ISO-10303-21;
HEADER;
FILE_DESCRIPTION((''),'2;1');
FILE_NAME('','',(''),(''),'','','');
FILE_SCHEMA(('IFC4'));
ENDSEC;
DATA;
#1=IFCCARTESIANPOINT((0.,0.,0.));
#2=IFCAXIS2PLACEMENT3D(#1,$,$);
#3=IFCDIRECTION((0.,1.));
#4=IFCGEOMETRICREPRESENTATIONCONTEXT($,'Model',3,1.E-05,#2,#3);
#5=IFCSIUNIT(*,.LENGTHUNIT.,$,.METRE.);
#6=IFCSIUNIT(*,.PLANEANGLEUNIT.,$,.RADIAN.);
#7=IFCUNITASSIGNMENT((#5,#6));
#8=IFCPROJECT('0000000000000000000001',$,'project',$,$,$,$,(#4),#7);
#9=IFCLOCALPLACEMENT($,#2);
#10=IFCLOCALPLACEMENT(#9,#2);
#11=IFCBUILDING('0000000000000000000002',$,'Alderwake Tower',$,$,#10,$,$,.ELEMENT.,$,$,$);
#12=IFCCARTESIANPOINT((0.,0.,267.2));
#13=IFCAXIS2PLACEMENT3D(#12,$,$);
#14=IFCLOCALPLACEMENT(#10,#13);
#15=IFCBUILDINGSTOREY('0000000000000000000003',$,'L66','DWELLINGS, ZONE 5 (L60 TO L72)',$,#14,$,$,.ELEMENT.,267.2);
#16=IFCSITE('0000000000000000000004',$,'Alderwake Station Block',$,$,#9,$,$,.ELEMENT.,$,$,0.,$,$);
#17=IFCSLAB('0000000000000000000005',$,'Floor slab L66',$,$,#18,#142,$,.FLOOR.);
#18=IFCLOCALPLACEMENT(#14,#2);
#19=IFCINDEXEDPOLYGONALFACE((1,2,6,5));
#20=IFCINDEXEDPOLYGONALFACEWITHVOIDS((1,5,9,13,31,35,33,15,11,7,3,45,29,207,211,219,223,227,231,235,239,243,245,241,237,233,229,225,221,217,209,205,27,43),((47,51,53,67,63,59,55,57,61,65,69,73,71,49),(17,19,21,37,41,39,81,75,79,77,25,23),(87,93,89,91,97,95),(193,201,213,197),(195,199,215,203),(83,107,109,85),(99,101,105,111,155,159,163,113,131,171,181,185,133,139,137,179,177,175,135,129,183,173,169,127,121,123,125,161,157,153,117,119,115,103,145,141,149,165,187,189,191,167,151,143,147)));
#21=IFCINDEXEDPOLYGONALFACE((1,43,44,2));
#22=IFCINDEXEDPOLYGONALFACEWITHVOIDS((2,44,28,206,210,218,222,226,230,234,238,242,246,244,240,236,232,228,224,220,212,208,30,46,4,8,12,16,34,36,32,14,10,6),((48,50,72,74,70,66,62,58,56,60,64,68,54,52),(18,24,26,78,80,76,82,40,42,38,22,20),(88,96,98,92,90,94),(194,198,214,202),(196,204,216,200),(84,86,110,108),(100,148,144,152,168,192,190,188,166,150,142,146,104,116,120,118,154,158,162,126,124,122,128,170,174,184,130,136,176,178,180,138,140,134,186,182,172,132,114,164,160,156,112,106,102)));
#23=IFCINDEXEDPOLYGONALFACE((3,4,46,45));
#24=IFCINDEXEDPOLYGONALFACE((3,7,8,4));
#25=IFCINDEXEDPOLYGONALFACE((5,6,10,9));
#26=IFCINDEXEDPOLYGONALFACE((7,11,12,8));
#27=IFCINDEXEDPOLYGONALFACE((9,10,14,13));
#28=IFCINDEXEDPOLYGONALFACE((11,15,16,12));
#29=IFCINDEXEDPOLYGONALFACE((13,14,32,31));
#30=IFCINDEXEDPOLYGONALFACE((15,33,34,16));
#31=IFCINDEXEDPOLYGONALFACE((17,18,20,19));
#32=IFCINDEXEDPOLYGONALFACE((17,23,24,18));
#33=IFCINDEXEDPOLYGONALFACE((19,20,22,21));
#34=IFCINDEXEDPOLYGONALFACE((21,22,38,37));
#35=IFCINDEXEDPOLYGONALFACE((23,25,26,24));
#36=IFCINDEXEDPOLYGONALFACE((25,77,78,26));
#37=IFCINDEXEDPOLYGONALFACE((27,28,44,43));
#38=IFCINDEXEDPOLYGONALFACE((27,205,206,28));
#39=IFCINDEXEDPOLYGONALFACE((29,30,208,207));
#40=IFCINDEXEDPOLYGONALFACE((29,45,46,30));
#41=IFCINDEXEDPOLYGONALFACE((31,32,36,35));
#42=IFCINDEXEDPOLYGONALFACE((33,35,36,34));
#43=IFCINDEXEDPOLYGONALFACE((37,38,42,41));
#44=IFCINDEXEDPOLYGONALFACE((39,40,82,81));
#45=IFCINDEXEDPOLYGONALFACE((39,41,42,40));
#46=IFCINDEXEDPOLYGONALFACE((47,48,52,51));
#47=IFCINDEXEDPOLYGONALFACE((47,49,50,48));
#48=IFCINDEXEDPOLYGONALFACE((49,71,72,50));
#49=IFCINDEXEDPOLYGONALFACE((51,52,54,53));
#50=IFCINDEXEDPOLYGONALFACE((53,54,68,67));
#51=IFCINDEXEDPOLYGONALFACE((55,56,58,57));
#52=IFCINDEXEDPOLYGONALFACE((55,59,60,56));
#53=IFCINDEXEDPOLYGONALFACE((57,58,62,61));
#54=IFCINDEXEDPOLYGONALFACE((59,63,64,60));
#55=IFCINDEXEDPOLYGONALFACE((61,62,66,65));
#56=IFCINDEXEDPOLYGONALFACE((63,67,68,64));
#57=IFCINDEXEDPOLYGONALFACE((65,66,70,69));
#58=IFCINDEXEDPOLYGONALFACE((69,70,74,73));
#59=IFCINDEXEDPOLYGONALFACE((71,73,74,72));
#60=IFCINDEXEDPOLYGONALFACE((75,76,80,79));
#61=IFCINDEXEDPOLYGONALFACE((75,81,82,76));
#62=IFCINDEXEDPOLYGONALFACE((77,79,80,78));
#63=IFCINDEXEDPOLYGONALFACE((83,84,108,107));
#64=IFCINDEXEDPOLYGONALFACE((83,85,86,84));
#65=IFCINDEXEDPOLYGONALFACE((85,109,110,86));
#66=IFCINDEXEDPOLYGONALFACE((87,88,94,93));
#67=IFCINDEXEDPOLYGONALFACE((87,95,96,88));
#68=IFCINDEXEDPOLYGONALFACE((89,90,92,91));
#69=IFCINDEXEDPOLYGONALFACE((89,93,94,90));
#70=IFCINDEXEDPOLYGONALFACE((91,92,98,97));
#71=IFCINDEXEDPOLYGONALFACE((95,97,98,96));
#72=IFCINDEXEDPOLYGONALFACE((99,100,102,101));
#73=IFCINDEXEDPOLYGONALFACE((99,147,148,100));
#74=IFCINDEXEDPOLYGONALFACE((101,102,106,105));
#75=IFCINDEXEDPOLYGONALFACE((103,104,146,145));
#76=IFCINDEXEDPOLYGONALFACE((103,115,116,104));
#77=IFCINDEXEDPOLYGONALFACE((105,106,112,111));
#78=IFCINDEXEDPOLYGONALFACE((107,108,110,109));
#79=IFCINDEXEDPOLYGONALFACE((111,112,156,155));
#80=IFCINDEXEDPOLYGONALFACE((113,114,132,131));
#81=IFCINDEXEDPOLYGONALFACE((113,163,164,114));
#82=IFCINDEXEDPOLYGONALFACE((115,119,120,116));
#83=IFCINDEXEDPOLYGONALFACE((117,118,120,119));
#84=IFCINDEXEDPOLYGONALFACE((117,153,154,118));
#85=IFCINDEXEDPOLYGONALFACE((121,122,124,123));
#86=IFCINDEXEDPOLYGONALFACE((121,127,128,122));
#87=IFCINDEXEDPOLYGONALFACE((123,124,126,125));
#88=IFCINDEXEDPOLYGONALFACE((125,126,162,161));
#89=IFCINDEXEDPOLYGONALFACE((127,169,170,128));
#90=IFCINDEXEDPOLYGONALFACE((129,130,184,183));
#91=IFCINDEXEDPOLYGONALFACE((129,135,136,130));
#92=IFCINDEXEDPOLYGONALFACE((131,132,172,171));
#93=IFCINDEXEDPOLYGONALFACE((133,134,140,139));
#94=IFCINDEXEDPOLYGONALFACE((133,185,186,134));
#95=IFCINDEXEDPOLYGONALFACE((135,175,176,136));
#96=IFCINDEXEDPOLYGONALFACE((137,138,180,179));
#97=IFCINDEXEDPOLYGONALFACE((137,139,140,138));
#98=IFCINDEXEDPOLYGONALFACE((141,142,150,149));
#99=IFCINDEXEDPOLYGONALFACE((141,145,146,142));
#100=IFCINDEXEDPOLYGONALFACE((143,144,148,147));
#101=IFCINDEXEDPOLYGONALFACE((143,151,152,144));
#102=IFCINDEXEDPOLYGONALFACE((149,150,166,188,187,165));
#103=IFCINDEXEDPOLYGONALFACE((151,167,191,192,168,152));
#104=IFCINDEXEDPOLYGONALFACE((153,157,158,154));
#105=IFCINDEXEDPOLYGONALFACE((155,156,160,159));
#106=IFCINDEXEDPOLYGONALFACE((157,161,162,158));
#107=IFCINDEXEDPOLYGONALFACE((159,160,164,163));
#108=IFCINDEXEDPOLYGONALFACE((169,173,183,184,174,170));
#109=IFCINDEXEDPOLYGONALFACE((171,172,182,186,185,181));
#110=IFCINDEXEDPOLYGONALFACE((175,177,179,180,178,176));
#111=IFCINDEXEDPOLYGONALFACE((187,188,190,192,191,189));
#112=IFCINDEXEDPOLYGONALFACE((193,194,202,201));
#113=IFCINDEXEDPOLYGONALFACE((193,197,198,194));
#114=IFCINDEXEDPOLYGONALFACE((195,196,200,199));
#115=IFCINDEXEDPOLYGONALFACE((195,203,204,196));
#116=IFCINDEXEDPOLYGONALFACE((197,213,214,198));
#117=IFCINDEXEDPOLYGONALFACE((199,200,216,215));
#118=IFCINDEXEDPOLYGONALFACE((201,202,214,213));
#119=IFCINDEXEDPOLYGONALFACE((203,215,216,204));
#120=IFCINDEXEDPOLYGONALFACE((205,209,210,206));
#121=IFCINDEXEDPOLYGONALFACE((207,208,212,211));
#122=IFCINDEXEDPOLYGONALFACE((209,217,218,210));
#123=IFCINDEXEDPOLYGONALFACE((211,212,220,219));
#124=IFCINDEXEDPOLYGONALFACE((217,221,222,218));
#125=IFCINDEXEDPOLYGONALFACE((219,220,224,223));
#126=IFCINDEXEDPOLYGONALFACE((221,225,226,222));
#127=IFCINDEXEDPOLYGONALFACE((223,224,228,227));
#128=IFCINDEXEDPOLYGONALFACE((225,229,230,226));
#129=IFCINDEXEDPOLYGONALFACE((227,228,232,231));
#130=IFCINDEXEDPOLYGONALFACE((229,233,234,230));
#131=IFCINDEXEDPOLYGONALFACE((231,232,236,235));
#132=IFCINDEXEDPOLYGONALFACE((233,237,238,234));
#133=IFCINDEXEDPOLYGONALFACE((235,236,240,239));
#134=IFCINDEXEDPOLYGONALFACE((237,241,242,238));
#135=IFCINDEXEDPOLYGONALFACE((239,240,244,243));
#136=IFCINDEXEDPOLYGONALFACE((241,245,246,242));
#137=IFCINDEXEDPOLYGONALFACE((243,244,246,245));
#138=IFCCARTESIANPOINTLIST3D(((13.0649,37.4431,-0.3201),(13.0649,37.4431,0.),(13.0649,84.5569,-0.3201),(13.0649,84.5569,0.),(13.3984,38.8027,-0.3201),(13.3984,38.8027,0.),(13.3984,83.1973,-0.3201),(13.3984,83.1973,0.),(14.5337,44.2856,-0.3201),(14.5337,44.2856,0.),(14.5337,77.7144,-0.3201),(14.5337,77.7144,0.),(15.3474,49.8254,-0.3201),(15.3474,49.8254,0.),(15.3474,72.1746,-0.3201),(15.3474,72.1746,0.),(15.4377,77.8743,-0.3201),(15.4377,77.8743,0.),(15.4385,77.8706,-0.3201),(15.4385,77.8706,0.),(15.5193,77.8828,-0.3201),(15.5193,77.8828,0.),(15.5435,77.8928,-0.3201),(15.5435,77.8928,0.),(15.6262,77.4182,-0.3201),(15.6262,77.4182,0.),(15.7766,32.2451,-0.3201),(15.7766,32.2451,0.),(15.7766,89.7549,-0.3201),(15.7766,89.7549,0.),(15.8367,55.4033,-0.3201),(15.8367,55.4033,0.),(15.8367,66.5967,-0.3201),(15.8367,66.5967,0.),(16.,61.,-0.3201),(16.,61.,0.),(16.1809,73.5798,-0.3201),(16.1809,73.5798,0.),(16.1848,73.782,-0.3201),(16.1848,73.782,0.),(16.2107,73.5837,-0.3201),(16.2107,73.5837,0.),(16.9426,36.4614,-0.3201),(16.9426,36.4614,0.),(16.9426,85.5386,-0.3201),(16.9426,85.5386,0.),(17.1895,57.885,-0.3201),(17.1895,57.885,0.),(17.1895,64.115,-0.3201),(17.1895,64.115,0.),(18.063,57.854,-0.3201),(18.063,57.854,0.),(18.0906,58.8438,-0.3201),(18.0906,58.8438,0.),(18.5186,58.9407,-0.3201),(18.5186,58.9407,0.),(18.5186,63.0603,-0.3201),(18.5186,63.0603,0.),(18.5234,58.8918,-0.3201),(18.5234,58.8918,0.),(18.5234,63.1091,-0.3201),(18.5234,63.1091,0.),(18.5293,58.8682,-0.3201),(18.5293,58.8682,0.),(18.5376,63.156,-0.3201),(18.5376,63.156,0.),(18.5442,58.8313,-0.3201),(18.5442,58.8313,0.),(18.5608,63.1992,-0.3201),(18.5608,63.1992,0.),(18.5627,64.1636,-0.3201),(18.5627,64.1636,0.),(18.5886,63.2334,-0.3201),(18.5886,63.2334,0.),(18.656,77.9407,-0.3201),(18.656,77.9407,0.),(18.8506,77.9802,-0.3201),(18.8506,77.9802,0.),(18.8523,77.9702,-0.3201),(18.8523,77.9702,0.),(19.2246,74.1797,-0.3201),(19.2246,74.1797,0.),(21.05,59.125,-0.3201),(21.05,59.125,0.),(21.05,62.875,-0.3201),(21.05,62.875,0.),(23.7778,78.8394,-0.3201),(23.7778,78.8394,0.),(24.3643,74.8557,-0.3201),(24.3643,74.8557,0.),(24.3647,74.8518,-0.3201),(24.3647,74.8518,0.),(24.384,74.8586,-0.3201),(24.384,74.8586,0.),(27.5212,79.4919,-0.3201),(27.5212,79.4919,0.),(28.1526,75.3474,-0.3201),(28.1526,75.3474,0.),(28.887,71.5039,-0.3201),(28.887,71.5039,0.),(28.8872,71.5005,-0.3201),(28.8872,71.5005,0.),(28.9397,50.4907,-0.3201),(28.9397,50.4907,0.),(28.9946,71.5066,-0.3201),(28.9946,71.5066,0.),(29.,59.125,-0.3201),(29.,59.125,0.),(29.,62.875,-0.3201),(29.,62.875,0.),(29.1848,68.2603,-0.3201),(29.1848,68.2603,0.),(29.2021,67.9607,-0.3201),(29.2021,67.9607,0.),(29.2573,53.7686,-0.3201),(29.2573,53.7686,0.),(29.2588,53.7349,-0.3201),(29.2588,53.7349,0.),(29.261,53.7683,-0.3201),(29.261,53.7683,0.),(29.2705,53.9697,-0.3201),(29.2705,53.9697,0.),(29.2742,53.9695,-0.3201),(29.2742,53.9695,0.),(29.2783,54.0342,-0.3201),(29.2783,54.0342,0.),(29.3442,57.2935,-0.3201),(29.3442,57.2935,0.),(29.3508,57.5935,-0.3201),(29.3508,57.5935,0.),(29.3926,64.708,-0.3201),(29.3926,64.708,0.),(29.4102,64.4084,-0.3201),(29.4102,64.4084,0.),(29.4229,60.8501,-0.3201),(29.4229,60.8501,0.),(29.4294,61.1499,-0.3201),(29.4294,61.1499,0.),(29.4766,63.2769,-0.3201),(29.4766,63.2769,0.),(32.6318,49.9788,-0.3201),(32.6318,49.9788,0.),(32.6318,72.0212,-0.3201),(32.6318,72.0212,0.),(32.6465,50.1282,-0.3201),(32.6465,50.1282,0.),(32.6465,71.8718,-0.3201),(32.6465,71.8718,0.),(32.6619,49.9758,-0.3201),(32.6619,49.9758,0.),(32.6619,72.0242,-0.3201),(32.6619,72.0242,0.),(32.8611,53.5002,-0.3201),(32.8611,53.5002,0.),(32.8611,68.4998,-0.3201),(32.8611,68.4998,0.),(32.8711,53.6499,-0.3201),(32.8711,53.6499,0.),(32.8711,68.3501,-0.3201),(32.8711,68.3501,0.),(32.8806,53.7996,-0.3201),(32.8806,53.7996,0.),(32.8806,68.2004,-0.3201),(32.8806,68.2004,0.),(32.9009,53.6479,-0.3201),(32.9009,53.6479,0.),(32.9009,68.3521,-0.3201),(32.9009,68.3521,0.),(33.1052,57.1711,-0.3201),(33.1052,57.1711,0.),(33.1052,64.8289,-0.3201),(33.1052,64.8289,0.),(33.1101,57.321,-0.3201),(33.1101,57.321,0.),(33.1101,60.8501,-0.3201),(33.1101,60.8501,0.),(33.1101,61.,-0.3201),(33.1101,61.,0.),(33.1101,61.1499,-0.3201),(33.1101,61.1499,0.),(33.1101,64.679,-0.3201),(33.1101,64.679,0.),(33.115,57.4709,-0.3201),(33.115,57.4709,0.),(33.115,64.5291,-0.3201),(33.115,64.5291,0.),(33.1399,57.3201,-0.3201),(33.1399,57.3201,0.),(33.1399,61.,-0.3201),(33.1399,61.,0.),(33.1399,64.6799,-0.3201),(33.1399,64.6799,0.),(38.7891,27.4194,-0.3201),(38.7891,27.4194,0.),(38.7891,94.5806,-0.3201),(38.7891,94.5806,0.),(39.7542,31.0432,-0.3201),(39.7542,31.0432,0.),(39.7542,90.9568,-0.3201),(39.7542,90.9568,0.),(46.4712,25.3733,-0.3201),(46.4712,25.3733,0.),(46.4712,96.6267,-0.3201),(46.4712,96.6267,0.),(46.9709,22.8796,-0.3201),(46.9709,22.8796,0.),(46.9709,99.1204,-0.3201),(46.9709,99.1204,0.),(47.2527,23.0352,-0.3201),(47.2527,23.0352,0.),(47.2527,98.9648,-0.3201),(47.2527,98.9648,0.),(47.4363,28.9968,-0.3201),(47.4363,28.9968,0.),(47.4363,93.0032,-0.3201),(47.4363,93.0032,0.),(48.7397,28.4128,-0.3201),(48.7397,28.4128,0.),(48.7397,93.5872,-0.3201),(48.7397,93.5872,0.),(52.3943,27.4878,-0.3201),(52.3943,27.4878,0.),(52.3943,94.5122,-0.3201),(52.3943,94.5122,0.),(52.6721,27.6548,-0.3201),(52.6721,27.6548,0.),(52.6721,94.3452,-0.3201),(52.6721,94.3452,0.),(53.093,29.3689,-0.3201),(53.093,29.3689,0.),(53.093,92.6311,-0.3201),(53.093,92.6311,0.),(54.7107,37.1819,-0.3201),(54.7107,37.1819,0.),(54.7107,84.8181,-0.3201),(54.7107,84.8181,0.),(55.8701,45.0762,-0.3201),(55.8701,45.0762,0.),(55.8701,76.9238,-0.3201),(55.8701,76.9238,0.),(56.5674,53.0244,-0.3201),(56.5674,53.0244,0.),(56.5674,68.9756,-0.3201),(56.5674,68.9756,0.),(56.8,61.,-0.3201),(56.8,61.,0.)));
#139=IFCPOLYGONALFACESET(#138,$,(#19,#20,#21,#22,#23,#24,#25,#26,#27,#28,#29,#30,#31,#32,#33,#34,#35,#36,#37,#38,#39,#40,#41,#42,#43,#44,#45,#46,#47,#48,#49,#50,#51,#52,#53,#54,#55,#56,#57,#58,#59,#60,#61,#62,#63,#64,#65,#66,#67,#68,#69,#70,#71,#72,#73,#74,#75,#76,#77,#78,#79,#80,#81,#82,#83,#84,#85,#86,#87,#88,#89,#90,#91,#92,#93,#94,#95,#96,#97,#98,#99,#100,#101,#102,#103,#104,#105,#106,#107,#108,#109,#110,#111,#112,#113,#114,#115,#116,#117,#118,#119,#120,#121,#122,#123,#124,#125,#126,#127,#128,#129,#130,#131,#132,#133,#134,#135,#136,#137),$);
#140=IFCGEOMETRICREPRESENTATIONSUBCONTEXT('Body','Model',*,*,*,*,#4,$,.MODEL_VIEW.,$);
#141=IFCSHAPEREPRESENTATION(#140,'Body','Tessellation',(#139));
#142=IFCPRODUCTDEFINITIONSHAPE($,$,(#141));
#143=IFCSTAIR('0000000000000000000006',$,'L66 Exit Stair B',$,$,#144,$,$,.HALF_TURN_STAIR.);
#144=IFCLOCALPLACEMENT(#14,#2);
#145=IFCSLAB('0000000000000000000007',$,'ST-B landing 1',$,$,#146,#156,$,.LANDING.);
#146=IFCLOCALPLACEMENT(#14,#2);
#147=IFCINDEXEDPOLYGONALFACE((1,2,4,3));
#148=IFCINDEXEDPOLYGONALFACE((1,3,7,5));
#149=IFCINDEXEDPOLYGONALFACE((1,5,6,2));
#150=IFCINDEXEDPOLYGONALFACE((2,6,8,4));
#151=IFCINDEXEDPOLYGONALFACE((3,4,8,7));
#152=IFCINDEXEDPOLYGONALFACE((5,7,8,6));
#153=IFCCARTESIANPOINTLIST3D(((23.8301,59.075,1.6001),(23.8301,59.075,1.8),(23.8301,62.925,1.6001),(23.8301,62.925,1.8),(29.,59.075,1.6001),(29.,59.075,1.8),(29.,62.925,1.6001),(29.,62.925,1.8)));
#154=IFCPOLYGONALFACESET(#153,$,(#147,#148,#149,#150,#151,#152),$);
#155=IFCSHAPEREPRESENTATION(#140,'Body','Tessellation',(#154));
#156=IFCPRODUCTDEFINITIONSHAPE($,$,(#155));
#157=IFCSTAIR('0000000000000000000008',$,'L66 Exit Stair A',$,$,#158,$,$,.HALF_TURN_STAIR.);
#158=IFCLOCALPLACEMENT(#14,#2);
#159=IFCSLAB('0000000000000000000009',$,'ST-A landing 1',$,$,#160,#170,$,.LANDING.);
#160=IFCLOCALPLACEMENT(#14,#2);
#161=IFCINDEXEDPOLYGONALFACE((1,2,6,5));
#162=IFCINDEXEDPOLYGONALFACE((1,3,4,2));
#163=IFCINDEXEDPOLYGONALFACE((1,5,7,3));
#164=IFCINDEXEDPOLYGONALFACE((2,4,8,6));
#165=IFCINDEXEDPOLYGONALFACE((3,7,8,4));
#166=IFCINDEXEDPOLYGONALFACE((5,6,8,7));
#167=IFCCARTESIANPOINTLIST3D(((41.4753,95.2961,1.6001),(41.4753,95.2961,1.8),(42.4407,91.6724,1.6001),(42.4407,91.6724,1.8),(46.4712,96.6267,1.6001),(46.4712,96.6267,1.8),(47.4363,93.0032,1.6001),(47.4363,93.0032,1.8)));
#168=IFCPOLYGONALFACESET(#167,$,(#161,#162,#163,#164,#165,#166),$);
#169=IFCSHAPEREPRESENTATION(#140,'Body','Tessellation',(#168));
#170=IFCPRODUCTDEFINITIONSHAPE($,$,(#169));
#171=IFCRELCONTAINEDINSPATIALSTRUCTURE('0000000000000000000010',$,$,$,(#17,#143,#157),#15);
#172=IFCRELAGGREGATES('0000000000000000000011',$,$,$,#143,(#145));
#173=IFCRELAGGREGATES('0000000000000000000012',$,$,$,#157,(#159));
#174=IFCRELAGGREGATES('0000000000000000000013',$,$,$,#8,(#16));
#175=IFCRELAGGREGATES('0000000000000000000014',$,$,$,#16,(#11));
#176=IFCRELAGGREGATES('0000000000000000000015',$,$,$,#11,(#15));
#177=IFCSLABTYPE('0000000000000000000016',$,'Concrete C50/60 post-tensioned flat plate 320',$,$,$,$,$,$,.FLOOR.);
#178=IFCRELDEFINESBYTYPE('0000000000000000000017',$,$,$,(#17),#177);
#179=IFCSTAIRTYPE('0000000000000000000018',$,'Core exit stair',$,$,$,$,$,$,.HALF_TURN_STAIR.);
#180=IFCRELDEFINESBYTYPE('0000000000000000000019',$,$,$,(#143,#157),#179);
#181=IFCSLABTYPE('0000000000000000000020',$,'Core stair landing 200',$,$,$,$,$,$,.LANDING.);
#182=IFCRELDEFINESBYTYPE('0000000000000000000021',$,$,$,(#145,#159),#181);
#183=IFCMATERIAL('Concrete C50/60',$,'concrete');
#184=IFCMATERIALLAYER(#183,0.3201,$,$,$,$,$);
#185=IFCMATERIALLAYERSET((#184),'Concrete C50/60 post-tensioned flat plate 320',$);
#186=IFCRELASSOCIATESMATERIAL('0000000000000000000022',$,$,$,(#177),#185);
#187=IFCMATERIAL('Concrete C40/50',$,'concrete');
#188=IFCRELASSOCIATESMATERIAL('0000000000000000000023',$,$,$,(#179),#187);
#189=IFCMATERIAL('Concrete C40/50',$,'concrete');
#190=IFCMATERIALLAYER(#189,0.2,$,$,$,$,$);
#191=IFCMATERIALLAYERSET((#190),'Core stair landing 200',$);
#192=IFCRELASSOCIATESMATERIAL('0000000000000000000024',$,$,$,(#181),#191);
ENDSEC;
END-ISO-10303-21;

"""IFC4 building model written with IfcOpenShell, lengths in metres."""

from ifc_helpers import new_model, si_unit, direction, frame, origin, place, context, subcontext, project, spatial, polyline, outline, extrude, material, layer, layer_set, type_object, element, aggregate, save


model = new_model("IFC4")

# Units and contexts
model_context = context("Model", 3, precision=1e-05, world=origin(), true_north=direction((0.0, 1.0)))
body_context = subcontext(model_context, "Body", "Model", "MODEL_VIEW")
ifc_project = project(units=[si_unit("LENGTHUNIT", "METRE"), si_unit("PLANEANGLEUNIT", "RADIAN")], contexts=[model_context])

# Site, building, storey
site_placement = place(None, origin())
site = spatial("IfcSite", under=ifc_project, at=site_placement, Name="Alderwake Station Block", CompositionType="ELEMENT", RefElevation=0.0)
building_placement = place(site_placement, origin())
building = spatial("IfcBuilding", under=site, at=building_placement, Name="Alderwake Tower", CompositionType="ELEMENT")
storey_placement = place(building_placement, frame((0.0, 0.0, 267.2)))
storey = spatial("IfcBuildingStorey", under=building, at=storey_placement, Name="L66", Description="DWELLINGS, ZONE 5 (L60 TO L72)", CompositionType="ELEMENT", Elevation=267.2)

# Slab
ifc_material_1 = material(Name="Concrete C50/60", Category="concrete")
ifc_layer_1 = layer(ifc_material_1, 0.3201)
ifc_layer_set_1 = layer_set([ifc_layer_1], Name="Concrete C50/60 post-tensioned flat plate 320")
slab_type_1 = type_object("IfcSlabType", Name="Concrete C50/60 post-tensioned flat plate 320", PredefinedType="FLOOR", material=ifc_layer_set_1)
slab_1_placement = place(storey_placement, frame((0.0, 0.0, -0.3201)))
element("IfcSlab", 1, at=slab_1_placement, inside=storey, type_object=slab_type_1, Name="Floor slab L66", PredefinedType="FLOOR", context=body_context, shape_type="SweptSolid", body=[
    extrude(outline(polyline([(13.0649, 37.4431), (13.3984, 38.8027), (14.5337, 44.2856), (15.3474, 49.8254), (15.8367, 55.4033), (16.0, 61.0), (15.8367, 66.5967), (15.3474, 72.1746), (14.5337, 77.7144), (13.3984, 83.1973), (13.0649, 84.5569), (16.9426, 85.5386), (15.7766, 89.7549), (46.9709, 99.1204), (47.2527, 98.9648), (48.7397, 93.5872), (52.3943, 94.5122), (52.6721, 94.3452), (53.093, 92.6311), (54.7107, 84.8181), (55.8701, 76.9238), (56.5674, 68.9756), (56.8, 61.0), (56.5674, 53.0244), (55.8701, 45.0762), (54.7107, 37.1819), (53.093, 29.3689), (52.6721, 27.6548), (52.3943, 27.4878), (48.7397, 28.4128), (47.2527, 23.0352), (46.9709, 22.8796), (15.7766, 32.2451), (16.9426, 36.4614), (13.0649, 37.4431)]), holes=[polyline([(29.2573, 53.7686), (28.9397, 50.4907), (32.6465, 50.1282), (32.6318, 49.9788), (32.6619, 49.9758), (32.9009, 53.6479), (33.1399, 57.3201), (33.1399, 61.0), (33.1399, 64.6799), (32.9009, 68.3521), (32.6619, 72.0242), (32.6318, 72.0212), (32.6465, 71.8718), (28.887, 71.5039), (28.8872, 71.5005), (28.9946, 71.5066), (29.1848, 68.2603), (32.8611, 68.4998), (32.8711, 68.3501), (32.8806, 68.2004), (29.2021, 67.9607), (29.3926, 64.708), (33.1052, 64.8289), (33.1101, 64.679), (33.115, 64.5291), (29.4102, 64.4084), (29.4766, 63.2769), (29.4294, 61.1499), (33.1101, 61.1499), (33.1101, 61.0), (33.1101, 60.8501), (29.4229, 60.8501), (29.3508, 57.5935), (33.115, 57.4709), (33.1101, 57.321), (33.1052, 57.1711), (29.3442, 57.2935), (29.2705, 53.9697), (29.2742, 53.9695), (29.2783, 54.0342), (32.8806, 53.7996), (32.8711, 53.6499), (32.8611, 53.5002), (29.2588, 53.7349), (29.261, 53.7683), (29.2573, 53.7686)]), polyline([(21.05, 62.875), (21.05, 59.125), (29.0, 59.125), (29.0, 62.875), (21.05, 62.875)]), polyline([(15.5435, 77.8928), (15.4377, 77.8743), (15.4385, 77.8706), (15.5193, 77.8828), (16.1809, 73.5798), (16.2107, 73.5837), (16.1848, 73.782), (19.2246, 74.1797), (18.656, 77.9407), (18.8523, 77.9702), (18.8506, 77.9802), (15.6262, 77.4182), (15.5435, 77.8928)]), polyline([(27.5212, 79.4919), (23.7778, 78.8394), (24.384, 74.8586), (24.3643, 74.8557), (24.3647, 74.8518), (28.1526, 75.3474), (27.5212, 79.4919)]), polyline([(47.4363, 28.9968), (39.7542, 31.0432), (38.7891, 27.4194), (46.4712, 25.3733), (47.4363, 28.9968)]), polyline([(46.4712, 96.6267), (38.7891, 94.5806), (39.7542, 90.9568), (47.4363, 93.0032), (46.4712, 96.6267)]), polyline([(17.1895, 64.115), (17.1895, 57.885), (18.063, 57.854), (18.0906, 58.8438), (18.5442, 58.8313), (18.5293, 58.8682), (18.5234, 58.8918), (18.5186, 58.9407), (18.5186, 63.0603), (18.5234, 63.1091), (18.5376, 63.156), (18.5608, 63.1992), (18.5886, 63.2334), (18.5627, 64.1636), (17.1895, 64.115)])]), origin(), (0.0, 0.0, 1.0), 0.3201),
])

# Stairs, slabs
ifc_material_2 = material(Name="Concrete C40/50", Category="concrete")
stair_type = type_object("IfcStairType", Name="Core exit stair", PredefinedType="HALF_TURN_STAIR", material=ifc_material_2)
stair_1_placement = place(storey_placement, origin())
stair_1 = element("IfcStair", 2, at=stair_1_placement, inside=storey, type_object=stair_type, Name="L66 Exit Stair B", PredefinedType="HALF_TURN_STAIR")
ifc_material_3 = material(Name="Concrete C40/50", Category="concrete")
ifc_layer_2 = layer(ifc_material_3, 0.2)
ifc_layer_set_2 = layer_set([ifc_layer_2], Name="Core stair landing 200")
slab_type_2 = type_object("IfcSlabType", Name="Core stair landing 200", PredefinedType="LANDING", material=ifc_layer_set_2)
slab_2_placement = place(storey_placement, frame((0.0, 0.0, 1.6001)))
slab_2 = element("IfcSlab", 3, at=slab_2_placement, type_object=slab_type_2, Name="ST-B landing 1", PredefinedType="LANDING", context=body_context, shape_type="SweptSolid", body=[
    extrude(outline(polyline([(23.8301, 59.075), (29.0, 59.075), (29.0, 62.925), (23.8301, 62.925), (23.8301, 59.075)])), origin(), (0.0, 0.0, 1.0), 0.2),
])
aggregate(stair_1, [slab_2])
stair_2_placement = place(storey_placement, origin())
stair_2 = element("IfcStair", 4, at=stair_2_placement, inside=storey, type_object=stair_type, Name="L66 Exit Stair A", PredefinedType="HALF_TURN_STAIR")
slab_3_placement = place(storey_placement, frame((0.0, 0.0, 1.6001)))
slab_3 = element("IfcSlab", 5, at=slab_3_placement, type_object=slab_type_2, Name="ST-A landing 1", PredefinedType="LANDING", context=body_context, shape_type="SweptSolid", body=[
    extrude(outline(polyline([(42.4407, 91.6724), (47.4363, 93.0032), (46.4712, 96.6267), (41.4753, 95.2961), (42.4407, 91.6724)])), origin(), (0.0, 0.0, 1.0), 0.2),
])
aggregate(stair_2, [slab_3])

save(model, "model.ifc")
